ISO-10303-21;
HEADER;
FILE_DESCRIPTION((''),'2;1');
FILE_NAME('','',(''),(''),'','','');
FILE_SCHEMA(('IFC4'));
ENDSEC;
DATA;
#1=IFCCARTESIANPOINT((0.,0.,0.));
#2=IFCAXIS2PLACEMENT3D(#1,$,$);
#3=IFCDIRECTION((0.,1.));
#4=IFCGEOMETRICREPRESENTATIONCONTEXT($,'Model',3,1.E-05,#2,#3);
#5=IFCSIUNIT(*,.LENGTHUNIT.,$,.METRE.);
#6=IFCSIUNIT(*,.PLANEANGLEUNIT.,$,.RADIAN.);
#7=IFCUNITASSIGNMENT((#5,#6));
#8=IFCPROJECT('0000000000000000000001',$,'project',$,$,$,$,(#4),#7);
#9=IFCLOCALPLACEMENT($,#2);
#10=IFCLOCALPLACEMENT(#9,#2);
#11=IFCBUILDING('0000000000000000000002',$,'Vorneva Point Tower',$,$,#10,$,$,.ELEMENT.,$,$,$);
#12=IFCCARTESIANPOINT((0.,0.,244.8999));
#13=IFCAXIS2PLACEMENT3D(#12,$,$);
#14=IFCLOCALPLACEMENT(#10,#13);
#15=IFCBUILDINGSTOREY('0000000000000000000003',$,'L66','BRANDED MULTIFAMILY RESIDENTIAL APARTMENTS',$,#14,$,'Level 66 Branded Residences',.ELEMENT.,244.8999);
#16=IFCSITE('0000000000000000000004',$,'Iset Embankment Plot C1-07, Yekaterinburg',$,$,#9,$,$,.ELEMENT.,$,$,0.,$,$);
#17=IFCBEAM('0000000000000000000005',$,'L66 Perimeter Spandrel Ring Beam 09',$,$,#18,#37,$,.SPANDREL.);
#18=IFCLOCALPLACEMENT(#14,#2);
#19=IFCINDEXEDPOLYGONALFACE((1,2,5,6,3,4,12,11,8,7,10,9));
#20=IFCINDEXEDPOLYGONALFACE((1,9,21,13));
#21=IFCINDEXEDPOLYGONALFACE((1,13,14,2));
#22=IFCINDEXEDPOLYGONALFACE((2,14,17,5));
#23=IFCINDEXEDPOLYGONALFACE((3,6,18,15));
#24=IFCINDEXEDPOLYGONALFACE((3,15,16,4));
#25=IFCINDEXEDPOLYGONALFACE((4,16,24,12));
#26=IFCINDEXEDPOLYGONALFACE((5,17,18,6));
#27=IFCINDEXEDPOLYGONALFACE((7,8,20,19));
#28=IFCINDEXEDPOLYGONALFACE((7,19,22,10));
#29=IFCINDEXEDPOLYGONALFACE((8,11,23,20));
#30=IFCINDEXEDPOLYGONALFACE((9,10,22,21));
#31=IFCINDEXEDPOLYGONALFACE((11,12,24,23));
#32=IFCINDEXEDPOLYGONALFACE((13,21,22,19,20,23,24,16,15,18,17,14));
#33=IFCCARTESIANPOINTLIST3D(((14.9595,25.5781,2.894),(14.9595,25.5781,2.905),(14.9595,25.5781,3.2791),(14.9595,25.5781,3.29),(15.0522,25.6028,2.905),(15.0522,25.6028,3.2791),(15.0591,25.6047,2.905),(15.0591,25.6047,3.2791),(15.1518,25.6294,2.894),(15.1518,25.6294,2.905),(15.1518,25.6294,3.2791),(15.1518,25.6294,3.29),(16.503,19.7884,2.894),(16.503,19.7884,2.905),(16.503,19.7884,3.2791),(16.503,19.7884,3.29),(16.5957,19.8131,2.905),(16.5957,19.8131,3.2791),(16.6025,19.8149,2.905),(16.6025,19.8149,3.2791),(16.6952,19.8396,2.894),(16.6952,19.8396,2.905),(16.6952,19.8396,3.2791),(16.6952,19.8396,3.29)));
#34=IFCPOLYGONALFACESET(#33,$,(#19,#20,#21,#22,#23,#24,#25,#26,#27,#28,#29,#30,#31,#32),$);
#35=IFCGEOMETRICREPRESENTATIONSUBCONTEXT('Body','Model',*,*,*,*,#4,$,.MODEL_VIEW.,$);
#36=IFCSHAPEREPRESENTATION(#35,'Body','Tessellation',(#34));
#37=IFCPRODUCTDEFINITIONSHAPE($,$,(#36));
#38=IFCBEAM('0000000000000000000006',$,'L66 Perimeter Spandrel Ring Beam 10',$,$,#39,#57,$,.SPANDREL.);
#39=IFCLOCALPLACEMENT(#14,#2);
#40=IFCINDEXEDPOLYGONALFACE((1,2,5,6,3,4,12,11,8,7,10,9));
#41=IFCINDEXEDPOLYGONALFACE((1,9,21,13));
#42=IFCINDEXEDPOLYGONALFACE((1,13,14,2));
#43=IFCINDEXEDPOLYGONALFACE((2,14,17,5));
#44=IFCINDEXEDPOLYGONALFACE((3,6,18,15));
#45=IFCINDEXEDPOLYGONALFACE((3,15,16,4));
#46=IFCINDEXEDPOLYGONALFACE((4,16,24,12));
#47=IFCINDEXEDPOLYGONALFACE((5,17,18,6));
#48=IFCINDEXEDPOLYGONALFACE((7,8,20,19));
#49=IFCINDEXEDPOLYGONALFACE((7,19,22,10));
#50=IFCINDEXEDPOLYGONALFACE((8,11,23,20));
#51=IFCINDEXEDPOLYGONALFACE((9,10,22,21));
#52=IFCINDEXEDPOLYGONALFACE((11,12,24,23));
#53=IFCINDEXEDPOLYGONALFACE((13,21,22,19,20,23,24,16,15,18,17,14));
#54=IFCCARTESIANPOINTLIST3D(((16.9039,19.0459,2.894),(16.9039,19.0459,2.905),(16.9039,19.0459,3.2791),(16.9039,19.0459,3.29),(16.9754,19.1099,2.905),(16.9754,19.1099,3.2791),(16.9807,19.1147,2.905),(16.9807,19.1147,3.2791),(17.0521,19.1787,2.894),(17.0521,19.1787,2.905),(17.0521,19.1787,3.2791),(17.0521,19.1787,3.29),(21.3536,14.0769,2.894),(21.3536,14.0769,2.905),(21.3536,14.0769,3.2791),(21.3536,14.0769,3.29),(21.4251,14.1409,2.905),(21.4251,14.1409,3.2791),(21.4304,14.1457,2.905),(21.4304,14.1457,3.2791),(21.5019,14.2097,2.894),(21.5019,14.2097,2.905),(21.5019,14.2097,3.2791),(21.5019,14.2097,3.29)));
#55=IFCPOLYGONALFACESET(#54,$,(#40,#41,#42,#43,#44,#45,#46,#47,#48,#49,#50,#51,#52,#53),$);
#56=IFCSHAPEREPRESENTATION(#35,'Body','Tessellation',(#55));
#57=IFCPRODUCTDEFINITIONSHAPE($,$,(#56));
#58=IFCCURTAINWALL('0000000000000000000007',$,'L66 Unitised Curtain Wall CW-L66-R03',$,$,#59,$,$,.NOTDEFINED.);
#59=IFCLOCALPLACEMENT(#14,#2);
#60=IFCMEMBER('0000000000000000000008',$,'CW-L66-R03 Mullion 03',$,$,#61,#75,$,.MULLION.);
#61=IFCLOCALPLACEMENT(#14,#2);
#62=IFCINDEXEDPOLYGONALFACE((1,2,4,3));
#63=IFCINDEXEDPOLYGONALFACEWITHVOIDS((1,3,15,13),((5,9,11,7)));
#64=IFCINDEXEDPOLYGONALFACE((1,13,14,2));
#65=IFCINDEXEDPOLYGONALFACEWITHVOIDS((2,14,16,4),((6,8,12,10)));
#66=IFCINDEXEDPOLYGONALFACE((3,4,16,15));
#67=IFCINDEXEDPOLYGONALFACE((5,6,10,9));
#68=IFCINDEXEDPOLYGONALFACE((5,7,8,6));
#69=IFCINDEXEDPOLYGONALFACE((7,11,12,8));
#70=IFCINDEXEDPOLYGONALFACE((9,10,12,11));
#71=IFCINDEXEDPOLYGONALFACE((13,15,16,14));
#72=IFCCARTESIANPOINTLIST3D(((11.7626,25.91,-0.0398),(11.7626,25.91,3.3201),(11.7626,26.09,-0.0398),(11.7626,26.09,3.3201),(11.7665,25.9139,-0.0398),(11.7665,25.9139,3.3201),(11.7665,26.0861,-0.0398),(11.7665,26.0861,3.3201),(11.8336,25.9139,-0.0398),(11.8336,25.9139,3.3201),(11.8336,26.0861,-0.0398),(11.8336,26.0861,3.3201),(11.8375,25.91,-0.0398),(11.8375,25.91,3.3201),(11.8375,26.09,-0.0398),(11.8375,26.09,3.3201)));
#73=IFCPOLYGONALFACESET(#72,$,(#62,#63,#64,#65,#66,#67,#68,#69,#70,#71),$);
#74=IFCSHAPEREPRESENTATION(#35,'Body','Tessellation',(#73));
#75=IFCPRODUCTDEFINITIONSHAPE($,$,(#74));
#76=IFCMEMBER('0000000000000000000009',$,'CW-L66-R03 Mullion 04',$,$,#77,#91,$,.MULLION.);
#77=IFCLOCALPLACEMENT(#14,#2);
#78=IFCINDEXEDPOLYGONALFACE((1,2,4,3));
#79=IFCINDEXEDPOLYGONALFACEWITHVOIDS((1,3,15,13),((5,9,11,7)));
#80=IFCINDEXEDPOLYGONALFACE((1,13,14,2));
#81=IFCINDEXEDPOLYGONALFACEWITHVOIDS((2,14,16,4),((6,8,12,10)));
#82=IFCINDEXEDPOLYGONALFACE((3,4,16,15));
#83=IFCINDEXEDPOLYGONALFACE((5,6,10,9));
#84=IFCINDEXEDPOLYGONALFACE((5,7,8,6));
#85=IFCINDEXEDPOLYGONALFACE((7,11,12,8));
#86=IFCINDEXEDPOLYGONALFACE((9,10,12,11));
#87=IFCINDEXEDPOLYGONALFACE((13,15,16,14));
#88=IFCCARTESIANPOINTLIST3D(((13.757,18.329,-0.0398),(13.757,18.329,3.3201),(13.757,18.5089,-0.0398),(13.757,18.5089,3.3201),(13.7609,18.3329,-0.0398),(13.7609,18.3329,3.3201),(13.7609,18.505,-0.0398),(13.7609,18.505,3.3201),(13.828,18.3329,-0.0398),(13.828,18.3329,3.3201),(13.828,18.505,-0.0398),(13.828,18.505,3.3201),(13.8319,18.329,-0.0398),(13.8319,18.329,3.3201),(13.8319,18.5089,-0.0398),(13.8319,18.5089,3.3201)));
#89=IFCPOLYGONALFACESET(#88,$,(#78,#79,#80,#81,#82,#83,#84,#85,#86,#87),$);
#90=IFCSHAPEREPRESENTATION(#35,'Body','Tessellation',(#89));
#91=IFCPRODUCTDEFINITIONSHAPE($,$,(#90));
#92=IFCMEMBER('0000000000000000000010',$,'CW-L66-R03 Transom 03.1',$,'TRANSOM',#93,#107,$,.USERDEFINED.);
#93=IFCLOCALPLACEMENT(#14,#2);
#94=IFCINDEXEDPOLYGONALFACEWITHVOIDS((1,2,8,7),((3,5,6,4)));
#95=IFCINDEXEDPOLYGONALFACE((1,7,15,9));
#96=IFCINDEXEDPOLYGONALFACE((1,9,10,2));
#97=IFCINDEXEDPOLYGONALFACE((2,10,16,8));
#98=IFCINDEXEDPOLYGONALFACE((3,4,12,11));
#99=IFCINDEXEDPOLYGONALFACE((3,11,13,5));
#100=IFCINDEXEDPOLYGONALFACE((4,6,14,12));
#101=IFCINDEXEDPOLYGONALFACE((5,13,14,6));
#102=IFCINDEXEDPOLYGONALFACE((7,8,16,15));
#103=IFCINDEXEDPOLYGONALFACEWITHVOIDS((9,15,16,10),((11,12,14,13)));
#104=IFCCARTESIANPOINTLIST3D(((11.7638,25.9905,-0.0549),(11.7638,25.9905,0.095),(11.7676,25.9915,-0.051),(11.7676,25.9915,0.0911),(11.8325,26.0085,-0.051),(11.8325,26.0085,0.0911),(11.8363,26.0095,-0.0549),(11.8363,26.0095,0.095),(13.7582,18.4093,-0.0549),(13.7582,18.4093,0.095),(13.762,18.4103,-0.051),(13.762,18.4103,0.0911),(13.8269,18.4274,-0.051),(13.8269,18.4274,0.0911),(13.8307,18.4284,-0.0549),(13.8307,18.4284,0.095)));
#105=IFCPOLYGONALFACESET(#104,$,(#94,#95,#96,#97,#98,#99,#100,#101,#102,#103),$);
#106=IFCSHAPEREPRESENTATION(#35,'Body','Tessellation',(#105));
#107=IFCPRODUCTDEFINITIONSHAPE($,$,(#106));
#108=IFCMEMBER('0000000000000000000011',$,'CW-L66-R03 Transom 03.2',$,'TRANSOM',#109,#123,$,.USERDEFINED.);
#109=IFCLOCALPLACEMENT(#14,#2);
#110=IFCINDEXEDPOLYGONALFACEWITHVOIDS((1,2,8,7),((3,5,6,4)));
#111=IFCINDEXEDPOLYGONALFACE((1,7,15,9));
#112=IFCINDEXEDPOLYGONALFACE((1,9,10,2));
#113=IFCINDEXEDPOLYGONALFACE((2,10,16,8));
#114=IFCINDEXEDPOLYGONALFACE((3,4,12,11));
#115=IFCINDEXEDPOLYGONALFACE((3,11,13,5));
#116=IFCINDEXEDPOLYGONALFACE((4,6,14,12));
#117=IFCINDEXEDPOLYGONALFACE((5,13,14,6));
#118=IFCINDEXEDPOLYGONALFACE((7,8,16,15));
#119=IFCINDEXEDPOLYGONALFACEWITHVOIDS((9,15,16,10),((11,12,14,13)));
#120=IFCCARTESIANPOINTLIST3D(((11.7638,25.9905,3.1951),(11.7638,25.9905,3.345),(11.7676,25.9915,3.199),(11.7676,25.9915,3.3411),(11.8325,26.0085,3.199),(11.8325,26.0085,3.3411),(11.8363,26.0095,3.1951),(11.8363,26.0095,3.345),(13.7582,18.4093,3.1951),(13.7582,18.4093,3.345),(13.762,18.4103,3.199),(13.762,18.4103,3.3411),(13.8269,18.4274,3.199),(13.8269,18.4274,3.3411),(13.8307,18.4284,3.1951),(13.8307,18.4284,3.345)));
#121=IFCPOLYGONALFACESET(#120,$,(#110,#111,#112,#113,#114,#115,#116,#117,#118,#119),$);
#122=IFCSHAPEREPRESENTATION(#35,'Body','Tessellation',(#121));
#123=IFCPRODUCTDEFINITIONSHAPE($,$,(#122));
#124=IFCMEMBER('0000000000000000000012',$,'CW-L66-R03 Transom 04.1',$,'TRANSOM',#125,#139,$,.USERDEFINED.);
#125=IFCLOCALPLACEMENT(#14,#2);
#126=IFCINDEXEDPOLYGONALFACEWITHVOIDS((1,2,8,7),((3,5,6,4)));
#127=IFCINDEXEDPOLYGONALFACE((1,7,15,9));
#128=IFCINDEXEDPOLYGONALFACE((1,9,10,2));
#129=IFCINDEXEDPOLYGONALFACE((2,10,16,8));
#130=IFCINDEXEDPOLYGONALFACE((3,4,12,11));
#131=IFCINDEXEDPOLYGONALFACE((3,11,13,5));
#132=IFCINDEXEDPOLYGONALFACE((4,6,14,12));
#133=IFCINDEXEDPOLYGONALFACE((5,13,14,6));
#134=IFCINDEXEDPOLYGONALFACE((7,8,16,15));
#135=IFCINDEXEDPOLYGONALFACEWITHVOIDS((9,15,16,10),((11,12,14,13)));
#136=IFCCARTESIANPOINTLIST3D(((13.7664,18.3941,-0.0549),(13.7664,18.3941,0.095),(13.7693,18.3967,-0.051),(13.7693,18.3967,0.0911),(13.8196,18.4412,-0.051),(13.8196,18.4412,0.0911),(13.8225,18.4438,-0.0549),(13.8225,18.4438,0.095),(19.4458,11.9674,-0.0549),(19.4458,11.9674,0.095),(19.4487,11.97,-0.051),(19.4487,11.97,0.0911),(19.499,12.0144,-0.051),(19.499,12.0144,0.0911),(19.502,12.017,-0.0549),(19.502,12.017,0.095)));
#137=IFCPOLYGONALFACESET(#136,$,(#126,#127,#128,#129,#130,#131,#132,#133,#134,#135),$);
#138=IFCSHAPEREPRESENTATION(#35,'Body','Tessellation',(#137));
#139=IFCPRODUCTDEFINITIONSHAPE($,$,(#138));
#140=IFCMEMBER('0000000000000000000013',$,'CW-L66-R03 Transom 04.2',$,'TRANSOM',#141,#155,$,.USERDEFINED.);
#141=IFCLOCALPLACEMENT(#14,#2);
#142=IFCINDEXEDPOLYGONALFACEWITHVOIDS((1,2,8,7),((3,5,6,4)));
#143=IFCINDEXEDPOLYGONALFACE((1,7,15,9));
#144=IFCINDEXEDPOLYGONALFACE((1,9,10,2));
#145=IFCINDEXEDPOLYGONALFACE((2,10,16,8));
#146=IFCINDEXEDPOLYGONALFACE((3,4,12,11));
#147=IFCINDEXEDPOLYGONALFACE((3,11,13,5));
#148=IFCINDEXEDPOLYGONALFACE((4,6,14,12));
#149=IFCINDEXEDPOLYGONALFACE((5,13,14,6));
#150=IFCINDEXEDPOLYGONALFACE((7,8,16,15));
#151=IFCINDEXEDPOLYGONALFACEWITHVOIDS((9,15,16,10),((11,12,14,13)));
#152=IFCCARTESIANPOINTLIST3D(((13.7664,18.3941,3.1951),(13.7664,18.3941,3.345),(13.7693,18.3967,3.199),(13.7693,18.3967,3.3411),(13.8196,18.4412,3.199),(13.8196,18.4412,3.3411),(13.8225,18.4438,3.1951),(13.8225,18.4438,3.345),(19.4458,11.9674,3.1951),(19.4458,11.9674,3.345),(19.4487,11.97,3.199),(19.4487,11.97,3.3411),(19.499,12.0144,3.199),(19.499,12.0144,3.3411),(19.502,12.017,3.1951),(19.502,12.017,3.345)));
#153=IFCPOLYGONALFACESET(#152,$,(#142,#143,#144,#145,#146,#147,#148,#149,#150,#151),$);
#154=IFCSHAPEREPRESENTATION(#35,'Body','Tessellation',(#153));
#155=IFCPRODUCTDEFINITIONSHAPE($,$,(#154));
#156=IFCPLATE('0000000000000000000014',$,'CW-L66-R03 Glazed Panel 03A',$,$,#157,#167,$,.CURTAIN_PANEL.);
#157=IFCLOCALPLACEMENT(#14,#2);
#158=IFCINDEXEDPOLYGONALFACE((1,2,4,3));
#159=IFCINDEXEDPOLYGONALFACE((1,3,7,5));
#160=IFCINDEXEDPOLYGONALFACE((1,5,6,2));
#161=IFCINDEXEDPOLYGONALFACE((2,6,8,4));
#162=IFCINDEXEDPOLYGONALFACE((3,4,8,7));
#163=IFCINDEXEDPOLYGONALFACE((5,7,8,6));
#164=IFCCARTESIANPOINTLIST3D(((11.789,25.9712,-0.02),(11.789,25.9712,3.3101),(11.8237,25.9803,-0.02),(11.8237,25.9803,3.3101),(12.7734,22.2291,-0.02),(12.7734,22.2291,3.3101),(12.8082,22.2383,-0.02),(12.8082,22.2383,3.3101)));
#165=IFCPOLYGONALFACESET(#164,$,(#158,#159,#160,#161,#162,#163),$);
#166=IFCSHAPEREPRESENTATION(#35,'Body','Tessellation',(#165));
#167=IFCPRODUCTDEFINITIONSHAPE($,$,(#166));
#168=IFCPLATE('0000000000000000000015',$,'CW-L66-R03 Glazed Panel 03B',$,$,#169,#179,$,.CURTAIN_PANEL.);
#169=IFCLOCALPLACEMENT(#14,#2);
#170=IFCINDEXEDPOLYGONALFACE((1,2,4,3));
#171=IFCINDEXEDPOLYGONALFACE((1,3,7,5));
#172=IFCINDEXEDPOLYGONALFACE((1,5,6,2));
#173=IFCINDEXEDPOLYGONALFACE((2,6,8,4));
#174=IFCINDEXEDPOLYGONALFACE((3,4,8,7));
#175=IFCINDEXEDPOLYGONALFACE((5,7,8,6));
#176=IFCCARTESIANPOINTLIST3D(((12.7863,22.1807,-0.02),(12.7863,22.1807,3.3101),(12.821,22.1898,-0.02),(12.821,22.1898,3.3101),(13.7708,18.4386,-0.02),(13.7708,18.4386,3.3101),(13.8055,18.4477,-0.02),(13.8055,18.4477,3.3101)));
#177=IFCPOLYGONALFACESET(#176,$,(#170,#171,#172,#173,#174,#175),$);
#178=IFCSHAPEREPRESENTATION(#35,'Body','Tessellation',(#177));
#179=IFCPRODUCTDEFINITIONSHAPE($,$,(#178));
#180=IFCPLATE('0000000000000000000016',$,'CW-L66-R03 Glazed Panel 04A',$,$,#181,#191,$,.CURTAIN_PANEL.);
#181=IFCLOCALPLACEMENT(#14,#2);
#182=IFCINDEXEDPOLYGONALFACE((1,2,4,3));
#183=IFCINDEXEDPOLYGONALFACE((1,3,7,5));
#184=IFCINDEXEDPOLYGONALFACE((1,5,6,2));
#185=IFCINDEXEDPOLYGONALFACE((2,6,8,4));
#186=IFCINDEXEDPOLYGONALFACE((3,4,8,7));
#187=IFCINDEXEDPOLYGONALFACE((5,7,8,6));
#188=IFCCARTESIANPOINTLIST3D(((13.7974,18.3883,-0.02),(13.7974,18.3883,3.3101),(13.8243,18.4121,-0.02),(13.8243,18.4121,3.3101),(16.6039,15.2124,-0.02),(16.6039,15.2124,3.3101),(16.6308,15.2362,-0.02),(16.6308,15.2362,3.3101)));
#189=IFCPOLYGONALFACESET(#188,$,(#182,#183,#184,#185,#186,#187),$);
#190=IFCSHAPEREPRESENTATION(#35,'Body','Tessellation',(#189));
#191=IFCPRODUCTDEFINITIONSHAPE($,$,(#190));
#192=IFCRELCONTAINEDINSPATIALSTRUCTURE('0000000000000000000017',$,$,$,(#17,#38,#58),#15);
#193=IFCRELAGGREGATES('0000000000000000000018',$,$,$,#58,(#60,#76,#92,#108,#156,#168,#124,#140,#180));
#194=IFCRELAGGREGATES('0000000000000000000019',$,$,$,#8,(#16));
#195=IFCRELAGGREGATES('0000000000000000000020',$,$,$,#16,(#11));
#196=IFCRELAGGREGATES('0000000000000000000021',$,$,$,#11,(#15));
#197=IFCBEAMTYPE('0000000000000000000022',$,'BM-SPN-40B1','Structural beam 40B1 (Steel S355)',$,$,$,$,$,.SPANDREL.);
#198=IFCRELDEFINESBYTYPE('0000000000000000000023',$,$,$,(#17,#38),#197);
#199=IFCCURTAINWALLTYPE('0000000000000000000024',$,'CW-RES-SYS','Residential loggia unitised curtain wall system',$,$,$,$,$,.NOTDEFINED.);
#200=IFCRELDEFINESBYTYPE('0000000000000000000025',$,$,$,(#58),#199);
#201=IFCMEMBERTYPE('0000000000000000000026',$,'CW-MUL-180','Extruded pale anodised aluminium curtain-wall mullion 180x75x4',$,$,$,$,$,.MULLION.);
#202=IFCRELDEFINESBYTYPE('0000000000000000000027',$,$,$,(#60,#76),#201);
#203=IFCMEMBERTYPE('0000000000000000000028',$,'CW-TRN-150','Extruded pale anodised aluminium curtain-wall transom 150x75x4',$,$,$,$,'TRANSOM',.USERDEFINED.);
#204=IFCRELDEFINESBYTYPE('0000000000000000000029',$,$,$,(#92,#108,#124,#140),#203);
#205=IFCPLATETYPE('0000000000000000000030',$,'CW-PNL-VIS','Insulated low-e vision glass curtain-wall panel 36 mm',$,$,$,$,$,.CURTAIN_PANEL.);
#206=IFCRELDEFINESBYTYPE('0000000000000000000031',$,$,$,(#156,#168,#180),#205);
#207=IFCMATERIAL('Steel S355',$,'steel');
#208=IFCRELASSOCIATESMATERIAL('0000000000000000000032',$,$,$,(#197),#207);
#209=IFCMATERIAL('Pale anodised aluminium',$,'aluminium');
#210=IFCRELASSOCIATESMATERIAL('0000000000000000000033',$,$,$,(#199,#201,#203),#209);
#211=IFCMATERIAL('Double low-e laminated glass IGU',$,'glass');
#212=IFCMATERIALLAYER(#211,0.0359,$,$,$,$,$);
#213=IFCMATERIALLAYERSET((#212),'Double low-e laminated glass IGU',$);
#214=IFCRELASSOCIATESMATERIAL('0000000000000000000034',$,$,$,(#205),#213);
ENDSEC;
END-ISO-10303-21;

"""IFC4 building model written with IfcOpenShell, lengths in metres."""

from ifc_helpers import new_model, si_unit, direction, frame, origin, origin_2d, place, context, subcontext, project, spatial, rectangle, hollow_rectangle, i_section, extrude, material, layer, layer_set, material_profile, profile_set, type_object, element, aggregate, save


model = new_model("IFC4")

# Units and contexts
model_context = context("Model", 3, precision=1e-05, world=origin(), true_north=direction((0.0, 1.0)))
body_context = subcontext(model_context, "Body", "Model", "MODEL_VIEW")
ifc_project = project(units=[si_unit("LENGTHUNIT", "METRE"), si_unit("PLANEANGLEUNIT", "RADIAN")], contexts=[model_context])

# Site, building, storey
site_placement = place(None, origin())
site = spatial("IfcSite", under=ifc_project, at=site_placement, Name="Iset Embankment Plot C1-07, Yekaterinburg", CompositionType="ELEMENT", RefElevation=0.0)
building_placement = place(site_placement, origin())
building = spatial("IfcBuilding", under=site, at=building_placement, Name="Vorneva Point Tower", CompositionType="ELEMENT")
storey_placement = place(building_placement, frame((0.0, 0.0, 244.8999)))
storey = spatial("IfcBuildingStorey", under=building, at=storey_placement, Name="L66", Description="BRANDED MULTIFAMILY RESIDENTIAL APARTMENTS", LongName="Level 66 Branded Residences", CompositionType="ELEMENT", Elevation=244.8999)

# Beams
ifc_material_1 = material(Name="Steel S355", Category="steel")
ifc_material_profile_1 = material_profile(ifc_material_1, i_section(OverallWidth=0.199, OverallDepth=0.396, WebThickness=0.0071, FlangeThickness=0.011, at=origin_2d()), Name="40B1")
ifc_profile_set_1 = profile_set([ifc_material_profile_1], Name="Steel S355")
beam_type_1 = type_object("IfcBeamType", Name="BM-SPN-40B1", Description="Structural beam 40B1 (Steel S355)", PredefinedType="SPANDREL", material=ifc_profile_set_1)
beam_1_placement = place(storey_placement, frame((15.0557, 25.6038, 3.092), z_axis=(0.257587, -0.966255, 0.0), x_axis=(0.966255, 0.257587, 0.0)))
element("IfcBeam", 1, at=beam_1_placement, inside=storey, type_object=beam_type_1, Name="L66 Perimeter Spandrel Ring Beam 09", PredefinedType="SPANDREL", context=body_context, shape_type="SweptSolid", body=[
    extrude(i_section(OverallWidth=0.199, OverallDepth=0.396, WebThickness=0.0071, FlangeThickness=0.011, at=origin_2d()), origin(), (0.0, 0.0, 1.0), 5.9919),
])
beam_2_placement = place(storey_placement, frame((16.978, 19.1123, 3.092), z_axis=(0.667108, -0.744961, 0.0), x_axis=(0.744961, 0.667108, 0.0)))
element("IfcBeam", 2, at=beam_2_placement, inside=storey, type_object=beam_type_1, Name="L66 Perimeter Spandrel Ring Beam 10", PredefinedType="SPANDREL", context=body_context, shape_type="SweptSolid", body=[
    extrude(i_section(OverallWidth=0.199, OverallDepth=0.396, WebThickness=0.0071, FlangeThickness=0.011, at=origin_2d()), origin(), (0.0, 0.0, 1.0), 6.6702),
])

# Curtain wall, members, plates
ifc_material_2 = material(Name="Pale anodised aluminium", Category="aluminium")
curtain_wall_type = type_object("IfcCurtainWallType", Name="CW-RES-SYS", Description="Residential loggia unitised curtain wall system", PredefinedType="NOTDEFINED", material=ifc_material_2)
curtain_wall_placement = place(storey_placement, origin())
curtain_wall = element("IfcCurtainWall", 3, at=curtain_wall_placement, inside=storey, type_object=curtain_wall_type, Name="L66 Unitised Curtain Wall CW-L66-R03", PredefinedType="NOTDEFINED")
ifc_material_profile_2 = material_profile(ifc_material_2, hollow_rectangle(XDim=0.075, YDim=0.1799, WallThickness=0.0039, at=origin_2d()), Name="AL-MUL 180x75x4")
ifc_profile_set_2 = profile_set([ifc_material_profile_2], Name="Pale anodised aluminium")
member_type_1 = type_object("IfcMemberType", Name="CW-MUL-180", Description="Extruded pale anodised aluminium curtain-wall mullion 180x75x4", PredefinedType="MULLION", material=ifc_profile_set_2)
member_1_placement = place(storey_placement, frame((11.8, 26.0, -0.0398), z_axis=(0.0, 0.0, 1.0), x_axis=(1.0, 0.0, 0.0)))
member_1 = element("IfcMember", 4, at=member_1_placement, type_object=member_type_1, Name="CW-L66-R03 Mullion 03", PredefinedType="MULLION", context=body_context, shape_type="SweptSolid", body=[
    extrude(hollow_rectangle(XDim=0.075, YDim=0.1799, WallThickness=0.0039, at=origin_2d()), origin(), (0.0, 0.0, 1.0), 3.3599),
])
member_2_placement = place(storey_placement, frame((13.7944, 18.4189, -0.0398), z_axis=(0.0, 0.0, 1.0), x_axis=(1.0, 0.0, 0.0)))
member_2 = element("IfcMember", 5, at=member_2_placement, type_object=member_type_1, Name="CW-L66-R03 Mullion 04", PredefinedType="MULLION", context=body_context, shape_type="SweptSolid", body=[
    extrude(hollow_rectangle(XDim=0.075, YDim=0.1799, WallThickness=0.0039, at=origin_2d()), origin(), (0.0, 0.0, 1.0), 3.3599),
])
ifc_material_profile_3 = material_profile(ifc_material_2, hollow_rectangle(XDim=0.075, YDim=0.1499, WallThickness=0.0039, at=origin_2d()), Name="AL-TRN 150x75x4")
ifc_profile_set_3 = profile_set([ifc_material_profile_3], Name="Pale anodised aluminium")
member_type_2 = type_object("IfcMemberType", Name="CW-TRN-150", Description="Extruded pale anodised aluminium curtain-wall transom 150x75x4", ElementType="TRANSOM", PredefinedType="USERDEFINED", material=ifc_profile_set_3)
member_3_placement = place(storey_placement, frame((11.8, 26.0, 0.02), z_axis=(0.254418, -0.967094, 0.0), x_axis=(0.967094, 0.254418, 0.0)))
member_3 = element("IfcMember", 6, at=member_3_placement, type_object=member_type_2, Name="CW-L66-R03 Transom 03.1", ObjectType="TRANSOM", PredefinedType="USERDEFINED", context=body_context, shape_type="SweptSolid", body=[
    extrude(hollow_rectangle(XDim=0.075, YDim=0.1499, WallThickness=0.0039, at=origin_2d()), origin(), (0.0, 0.0, 1.0), 7.8391),
])
member_4_placement = place(storey_placement, frame((11.8, 26.0, 3.27), z_axis=(0.254418, -0.967094, 0.0), x_axis=(0.967094, 0.254418, 0.0)))
member_4 = element("IfcMember", 7, at=member_4_placement, type_object=member_type_2, Name="CW-L66-R03 Transom 03.2", ObjectType="TRANSOM", PredefinedType="USERDEFINED", context=body_context, shape_type="SweptSolid", body=[
    extrude(hollow_rectangle(XDim=0.075, YDim=0.1499, WallThickness=0.0039, at=origin_2d()), origin(), (0.0, 0.0, 1.0), 7.8391),
])
member_5_placement = place(storey_placement, frame((13.7944, 18.4189, 0.02), z_axis=(0.662197, -0.74933, 0.0), x_axis=(0.74933, 0.662197, 0.0)))
member_5 = element("IfcMember", 8, at=member_5_placement, type_object=member_type_2, Name="CW-L66-R03 Transom 04.1", ObjectType="TRANSOM", PredefinedType="USERDEFINED", context=body_context, shape_type="SweptSolid", body=[
    extrude(hollow_rectangle(XDim=0.075, YDim=0.1499, WallThickness=0.0039, at=origin_2d()), origin(), (0.0, 0.0, 1.0), 8.5767),
])
member_6_placement = place(storey_placement, frame((13.7944, 18.4189, 3.27), z_axis=(0.662197, -0.74933, 0.0), x_axis=(0.74933, 0.662197, 0.0)))
member_6 = element("IfcMember", 9, at=member_6_placement, type_object=member_type_2, Name="CW-L66-R03 Transom 04.2", ObjectType="TRANSOM", PredefinedType="USERDEFINED", context=body_context, shape_type="SweptSolid", body=[
    extrude(hollow_rectangle(XDim=0.075, YDim=0.1499, WallThickness=0.0039, at=origin_2d()), origin(), (0.0, 0.0, 1.0), 8.5767),
])
ifc_material_3 = material(Name="Double low-e laminated glass IGU", Category="glass")
ifc_layer_1 = layer(ifc_material_3, 0.0359)
ifc_layer_set_1 = layer_set([ifc_layer_1], Name="Double low-e laminated glass IGU")
plate_type = type_object("IfcPlateType", Name="CW-PNL-VIS", Description="Insulated low-e vision glass curtain-wall panel 36 mm", PredefinedType="CURTAIN_PANEL", material=ifc_layer_set_1)
plate_1_placement = place(storey_placement, frame((12.2986, 24.1047, -0.02), z_axis=(0.0, 0.0, 1.0), x_axis=(0.254416, -0.967095, 0.0)))
plate_1 = element("IfcPlate", 10, at=plate_1_placement, type_object=plate_type, Name="CW-L66-R03 Glazed Panel 03A", PredefinedType="CURTAIN_PANEL", context=body_context, shape_type="SweptSolid", body=[
    extrude(rectangle(XDim=3.8694, YDim=0.0359, at=origin_2d()), origin(), (0.0, 0.0, 1.0), 3.3301),
])
plate_2_placement = place(storey_placement, frame((13.2959, 20.3142, -0.02), z_axis=(0.0, 0.0, 1.0), x_axis=(0.254416, -0.967095, 0.0)))
plate_2 = element("IfcPlate", 11, at=plate_2_placement, type_object=plate_type, Name="CW-L66-R03 Glazed Panel 03B", PredefinedType="CURTAIN_PANEL", context=body_context, shape_type="SweptSolid", body=[
    extrude(rectangle(XDim=3.8694, YDim=0.0359, at=origin_2d()), origin(), (0.0, 0.0, 1.0), 3.3301),
])
plate_3_placement = place(storey_placement, frame((15.2141, 16.8123, -0.02), z_axis=(0.0, 0.0, 1.0), x_axis=(0.662189, -0.749337, 0.0)))
plate_3 = element("IfcPlate", 12, at=plate_3_placement, type_object=plate_type, Name="CW-L66-R03 Glazed Panel 04A", PredefinedType="CURTAIN_PANEL", context=body_context, shape_type="SweptSolid", body=[
    extrude(rectangle(XDim=4.2383, YDim=0.0359, at=origin_2d()), origin(), (0.0, 0.0, 1.0), 3.3301),
])
aggregate(curtain_wall, [member_1, member_2, member_3, member_4, plate_1, plate_2, member_5, member_6, plate_3])

save(model, "model.ifc")
